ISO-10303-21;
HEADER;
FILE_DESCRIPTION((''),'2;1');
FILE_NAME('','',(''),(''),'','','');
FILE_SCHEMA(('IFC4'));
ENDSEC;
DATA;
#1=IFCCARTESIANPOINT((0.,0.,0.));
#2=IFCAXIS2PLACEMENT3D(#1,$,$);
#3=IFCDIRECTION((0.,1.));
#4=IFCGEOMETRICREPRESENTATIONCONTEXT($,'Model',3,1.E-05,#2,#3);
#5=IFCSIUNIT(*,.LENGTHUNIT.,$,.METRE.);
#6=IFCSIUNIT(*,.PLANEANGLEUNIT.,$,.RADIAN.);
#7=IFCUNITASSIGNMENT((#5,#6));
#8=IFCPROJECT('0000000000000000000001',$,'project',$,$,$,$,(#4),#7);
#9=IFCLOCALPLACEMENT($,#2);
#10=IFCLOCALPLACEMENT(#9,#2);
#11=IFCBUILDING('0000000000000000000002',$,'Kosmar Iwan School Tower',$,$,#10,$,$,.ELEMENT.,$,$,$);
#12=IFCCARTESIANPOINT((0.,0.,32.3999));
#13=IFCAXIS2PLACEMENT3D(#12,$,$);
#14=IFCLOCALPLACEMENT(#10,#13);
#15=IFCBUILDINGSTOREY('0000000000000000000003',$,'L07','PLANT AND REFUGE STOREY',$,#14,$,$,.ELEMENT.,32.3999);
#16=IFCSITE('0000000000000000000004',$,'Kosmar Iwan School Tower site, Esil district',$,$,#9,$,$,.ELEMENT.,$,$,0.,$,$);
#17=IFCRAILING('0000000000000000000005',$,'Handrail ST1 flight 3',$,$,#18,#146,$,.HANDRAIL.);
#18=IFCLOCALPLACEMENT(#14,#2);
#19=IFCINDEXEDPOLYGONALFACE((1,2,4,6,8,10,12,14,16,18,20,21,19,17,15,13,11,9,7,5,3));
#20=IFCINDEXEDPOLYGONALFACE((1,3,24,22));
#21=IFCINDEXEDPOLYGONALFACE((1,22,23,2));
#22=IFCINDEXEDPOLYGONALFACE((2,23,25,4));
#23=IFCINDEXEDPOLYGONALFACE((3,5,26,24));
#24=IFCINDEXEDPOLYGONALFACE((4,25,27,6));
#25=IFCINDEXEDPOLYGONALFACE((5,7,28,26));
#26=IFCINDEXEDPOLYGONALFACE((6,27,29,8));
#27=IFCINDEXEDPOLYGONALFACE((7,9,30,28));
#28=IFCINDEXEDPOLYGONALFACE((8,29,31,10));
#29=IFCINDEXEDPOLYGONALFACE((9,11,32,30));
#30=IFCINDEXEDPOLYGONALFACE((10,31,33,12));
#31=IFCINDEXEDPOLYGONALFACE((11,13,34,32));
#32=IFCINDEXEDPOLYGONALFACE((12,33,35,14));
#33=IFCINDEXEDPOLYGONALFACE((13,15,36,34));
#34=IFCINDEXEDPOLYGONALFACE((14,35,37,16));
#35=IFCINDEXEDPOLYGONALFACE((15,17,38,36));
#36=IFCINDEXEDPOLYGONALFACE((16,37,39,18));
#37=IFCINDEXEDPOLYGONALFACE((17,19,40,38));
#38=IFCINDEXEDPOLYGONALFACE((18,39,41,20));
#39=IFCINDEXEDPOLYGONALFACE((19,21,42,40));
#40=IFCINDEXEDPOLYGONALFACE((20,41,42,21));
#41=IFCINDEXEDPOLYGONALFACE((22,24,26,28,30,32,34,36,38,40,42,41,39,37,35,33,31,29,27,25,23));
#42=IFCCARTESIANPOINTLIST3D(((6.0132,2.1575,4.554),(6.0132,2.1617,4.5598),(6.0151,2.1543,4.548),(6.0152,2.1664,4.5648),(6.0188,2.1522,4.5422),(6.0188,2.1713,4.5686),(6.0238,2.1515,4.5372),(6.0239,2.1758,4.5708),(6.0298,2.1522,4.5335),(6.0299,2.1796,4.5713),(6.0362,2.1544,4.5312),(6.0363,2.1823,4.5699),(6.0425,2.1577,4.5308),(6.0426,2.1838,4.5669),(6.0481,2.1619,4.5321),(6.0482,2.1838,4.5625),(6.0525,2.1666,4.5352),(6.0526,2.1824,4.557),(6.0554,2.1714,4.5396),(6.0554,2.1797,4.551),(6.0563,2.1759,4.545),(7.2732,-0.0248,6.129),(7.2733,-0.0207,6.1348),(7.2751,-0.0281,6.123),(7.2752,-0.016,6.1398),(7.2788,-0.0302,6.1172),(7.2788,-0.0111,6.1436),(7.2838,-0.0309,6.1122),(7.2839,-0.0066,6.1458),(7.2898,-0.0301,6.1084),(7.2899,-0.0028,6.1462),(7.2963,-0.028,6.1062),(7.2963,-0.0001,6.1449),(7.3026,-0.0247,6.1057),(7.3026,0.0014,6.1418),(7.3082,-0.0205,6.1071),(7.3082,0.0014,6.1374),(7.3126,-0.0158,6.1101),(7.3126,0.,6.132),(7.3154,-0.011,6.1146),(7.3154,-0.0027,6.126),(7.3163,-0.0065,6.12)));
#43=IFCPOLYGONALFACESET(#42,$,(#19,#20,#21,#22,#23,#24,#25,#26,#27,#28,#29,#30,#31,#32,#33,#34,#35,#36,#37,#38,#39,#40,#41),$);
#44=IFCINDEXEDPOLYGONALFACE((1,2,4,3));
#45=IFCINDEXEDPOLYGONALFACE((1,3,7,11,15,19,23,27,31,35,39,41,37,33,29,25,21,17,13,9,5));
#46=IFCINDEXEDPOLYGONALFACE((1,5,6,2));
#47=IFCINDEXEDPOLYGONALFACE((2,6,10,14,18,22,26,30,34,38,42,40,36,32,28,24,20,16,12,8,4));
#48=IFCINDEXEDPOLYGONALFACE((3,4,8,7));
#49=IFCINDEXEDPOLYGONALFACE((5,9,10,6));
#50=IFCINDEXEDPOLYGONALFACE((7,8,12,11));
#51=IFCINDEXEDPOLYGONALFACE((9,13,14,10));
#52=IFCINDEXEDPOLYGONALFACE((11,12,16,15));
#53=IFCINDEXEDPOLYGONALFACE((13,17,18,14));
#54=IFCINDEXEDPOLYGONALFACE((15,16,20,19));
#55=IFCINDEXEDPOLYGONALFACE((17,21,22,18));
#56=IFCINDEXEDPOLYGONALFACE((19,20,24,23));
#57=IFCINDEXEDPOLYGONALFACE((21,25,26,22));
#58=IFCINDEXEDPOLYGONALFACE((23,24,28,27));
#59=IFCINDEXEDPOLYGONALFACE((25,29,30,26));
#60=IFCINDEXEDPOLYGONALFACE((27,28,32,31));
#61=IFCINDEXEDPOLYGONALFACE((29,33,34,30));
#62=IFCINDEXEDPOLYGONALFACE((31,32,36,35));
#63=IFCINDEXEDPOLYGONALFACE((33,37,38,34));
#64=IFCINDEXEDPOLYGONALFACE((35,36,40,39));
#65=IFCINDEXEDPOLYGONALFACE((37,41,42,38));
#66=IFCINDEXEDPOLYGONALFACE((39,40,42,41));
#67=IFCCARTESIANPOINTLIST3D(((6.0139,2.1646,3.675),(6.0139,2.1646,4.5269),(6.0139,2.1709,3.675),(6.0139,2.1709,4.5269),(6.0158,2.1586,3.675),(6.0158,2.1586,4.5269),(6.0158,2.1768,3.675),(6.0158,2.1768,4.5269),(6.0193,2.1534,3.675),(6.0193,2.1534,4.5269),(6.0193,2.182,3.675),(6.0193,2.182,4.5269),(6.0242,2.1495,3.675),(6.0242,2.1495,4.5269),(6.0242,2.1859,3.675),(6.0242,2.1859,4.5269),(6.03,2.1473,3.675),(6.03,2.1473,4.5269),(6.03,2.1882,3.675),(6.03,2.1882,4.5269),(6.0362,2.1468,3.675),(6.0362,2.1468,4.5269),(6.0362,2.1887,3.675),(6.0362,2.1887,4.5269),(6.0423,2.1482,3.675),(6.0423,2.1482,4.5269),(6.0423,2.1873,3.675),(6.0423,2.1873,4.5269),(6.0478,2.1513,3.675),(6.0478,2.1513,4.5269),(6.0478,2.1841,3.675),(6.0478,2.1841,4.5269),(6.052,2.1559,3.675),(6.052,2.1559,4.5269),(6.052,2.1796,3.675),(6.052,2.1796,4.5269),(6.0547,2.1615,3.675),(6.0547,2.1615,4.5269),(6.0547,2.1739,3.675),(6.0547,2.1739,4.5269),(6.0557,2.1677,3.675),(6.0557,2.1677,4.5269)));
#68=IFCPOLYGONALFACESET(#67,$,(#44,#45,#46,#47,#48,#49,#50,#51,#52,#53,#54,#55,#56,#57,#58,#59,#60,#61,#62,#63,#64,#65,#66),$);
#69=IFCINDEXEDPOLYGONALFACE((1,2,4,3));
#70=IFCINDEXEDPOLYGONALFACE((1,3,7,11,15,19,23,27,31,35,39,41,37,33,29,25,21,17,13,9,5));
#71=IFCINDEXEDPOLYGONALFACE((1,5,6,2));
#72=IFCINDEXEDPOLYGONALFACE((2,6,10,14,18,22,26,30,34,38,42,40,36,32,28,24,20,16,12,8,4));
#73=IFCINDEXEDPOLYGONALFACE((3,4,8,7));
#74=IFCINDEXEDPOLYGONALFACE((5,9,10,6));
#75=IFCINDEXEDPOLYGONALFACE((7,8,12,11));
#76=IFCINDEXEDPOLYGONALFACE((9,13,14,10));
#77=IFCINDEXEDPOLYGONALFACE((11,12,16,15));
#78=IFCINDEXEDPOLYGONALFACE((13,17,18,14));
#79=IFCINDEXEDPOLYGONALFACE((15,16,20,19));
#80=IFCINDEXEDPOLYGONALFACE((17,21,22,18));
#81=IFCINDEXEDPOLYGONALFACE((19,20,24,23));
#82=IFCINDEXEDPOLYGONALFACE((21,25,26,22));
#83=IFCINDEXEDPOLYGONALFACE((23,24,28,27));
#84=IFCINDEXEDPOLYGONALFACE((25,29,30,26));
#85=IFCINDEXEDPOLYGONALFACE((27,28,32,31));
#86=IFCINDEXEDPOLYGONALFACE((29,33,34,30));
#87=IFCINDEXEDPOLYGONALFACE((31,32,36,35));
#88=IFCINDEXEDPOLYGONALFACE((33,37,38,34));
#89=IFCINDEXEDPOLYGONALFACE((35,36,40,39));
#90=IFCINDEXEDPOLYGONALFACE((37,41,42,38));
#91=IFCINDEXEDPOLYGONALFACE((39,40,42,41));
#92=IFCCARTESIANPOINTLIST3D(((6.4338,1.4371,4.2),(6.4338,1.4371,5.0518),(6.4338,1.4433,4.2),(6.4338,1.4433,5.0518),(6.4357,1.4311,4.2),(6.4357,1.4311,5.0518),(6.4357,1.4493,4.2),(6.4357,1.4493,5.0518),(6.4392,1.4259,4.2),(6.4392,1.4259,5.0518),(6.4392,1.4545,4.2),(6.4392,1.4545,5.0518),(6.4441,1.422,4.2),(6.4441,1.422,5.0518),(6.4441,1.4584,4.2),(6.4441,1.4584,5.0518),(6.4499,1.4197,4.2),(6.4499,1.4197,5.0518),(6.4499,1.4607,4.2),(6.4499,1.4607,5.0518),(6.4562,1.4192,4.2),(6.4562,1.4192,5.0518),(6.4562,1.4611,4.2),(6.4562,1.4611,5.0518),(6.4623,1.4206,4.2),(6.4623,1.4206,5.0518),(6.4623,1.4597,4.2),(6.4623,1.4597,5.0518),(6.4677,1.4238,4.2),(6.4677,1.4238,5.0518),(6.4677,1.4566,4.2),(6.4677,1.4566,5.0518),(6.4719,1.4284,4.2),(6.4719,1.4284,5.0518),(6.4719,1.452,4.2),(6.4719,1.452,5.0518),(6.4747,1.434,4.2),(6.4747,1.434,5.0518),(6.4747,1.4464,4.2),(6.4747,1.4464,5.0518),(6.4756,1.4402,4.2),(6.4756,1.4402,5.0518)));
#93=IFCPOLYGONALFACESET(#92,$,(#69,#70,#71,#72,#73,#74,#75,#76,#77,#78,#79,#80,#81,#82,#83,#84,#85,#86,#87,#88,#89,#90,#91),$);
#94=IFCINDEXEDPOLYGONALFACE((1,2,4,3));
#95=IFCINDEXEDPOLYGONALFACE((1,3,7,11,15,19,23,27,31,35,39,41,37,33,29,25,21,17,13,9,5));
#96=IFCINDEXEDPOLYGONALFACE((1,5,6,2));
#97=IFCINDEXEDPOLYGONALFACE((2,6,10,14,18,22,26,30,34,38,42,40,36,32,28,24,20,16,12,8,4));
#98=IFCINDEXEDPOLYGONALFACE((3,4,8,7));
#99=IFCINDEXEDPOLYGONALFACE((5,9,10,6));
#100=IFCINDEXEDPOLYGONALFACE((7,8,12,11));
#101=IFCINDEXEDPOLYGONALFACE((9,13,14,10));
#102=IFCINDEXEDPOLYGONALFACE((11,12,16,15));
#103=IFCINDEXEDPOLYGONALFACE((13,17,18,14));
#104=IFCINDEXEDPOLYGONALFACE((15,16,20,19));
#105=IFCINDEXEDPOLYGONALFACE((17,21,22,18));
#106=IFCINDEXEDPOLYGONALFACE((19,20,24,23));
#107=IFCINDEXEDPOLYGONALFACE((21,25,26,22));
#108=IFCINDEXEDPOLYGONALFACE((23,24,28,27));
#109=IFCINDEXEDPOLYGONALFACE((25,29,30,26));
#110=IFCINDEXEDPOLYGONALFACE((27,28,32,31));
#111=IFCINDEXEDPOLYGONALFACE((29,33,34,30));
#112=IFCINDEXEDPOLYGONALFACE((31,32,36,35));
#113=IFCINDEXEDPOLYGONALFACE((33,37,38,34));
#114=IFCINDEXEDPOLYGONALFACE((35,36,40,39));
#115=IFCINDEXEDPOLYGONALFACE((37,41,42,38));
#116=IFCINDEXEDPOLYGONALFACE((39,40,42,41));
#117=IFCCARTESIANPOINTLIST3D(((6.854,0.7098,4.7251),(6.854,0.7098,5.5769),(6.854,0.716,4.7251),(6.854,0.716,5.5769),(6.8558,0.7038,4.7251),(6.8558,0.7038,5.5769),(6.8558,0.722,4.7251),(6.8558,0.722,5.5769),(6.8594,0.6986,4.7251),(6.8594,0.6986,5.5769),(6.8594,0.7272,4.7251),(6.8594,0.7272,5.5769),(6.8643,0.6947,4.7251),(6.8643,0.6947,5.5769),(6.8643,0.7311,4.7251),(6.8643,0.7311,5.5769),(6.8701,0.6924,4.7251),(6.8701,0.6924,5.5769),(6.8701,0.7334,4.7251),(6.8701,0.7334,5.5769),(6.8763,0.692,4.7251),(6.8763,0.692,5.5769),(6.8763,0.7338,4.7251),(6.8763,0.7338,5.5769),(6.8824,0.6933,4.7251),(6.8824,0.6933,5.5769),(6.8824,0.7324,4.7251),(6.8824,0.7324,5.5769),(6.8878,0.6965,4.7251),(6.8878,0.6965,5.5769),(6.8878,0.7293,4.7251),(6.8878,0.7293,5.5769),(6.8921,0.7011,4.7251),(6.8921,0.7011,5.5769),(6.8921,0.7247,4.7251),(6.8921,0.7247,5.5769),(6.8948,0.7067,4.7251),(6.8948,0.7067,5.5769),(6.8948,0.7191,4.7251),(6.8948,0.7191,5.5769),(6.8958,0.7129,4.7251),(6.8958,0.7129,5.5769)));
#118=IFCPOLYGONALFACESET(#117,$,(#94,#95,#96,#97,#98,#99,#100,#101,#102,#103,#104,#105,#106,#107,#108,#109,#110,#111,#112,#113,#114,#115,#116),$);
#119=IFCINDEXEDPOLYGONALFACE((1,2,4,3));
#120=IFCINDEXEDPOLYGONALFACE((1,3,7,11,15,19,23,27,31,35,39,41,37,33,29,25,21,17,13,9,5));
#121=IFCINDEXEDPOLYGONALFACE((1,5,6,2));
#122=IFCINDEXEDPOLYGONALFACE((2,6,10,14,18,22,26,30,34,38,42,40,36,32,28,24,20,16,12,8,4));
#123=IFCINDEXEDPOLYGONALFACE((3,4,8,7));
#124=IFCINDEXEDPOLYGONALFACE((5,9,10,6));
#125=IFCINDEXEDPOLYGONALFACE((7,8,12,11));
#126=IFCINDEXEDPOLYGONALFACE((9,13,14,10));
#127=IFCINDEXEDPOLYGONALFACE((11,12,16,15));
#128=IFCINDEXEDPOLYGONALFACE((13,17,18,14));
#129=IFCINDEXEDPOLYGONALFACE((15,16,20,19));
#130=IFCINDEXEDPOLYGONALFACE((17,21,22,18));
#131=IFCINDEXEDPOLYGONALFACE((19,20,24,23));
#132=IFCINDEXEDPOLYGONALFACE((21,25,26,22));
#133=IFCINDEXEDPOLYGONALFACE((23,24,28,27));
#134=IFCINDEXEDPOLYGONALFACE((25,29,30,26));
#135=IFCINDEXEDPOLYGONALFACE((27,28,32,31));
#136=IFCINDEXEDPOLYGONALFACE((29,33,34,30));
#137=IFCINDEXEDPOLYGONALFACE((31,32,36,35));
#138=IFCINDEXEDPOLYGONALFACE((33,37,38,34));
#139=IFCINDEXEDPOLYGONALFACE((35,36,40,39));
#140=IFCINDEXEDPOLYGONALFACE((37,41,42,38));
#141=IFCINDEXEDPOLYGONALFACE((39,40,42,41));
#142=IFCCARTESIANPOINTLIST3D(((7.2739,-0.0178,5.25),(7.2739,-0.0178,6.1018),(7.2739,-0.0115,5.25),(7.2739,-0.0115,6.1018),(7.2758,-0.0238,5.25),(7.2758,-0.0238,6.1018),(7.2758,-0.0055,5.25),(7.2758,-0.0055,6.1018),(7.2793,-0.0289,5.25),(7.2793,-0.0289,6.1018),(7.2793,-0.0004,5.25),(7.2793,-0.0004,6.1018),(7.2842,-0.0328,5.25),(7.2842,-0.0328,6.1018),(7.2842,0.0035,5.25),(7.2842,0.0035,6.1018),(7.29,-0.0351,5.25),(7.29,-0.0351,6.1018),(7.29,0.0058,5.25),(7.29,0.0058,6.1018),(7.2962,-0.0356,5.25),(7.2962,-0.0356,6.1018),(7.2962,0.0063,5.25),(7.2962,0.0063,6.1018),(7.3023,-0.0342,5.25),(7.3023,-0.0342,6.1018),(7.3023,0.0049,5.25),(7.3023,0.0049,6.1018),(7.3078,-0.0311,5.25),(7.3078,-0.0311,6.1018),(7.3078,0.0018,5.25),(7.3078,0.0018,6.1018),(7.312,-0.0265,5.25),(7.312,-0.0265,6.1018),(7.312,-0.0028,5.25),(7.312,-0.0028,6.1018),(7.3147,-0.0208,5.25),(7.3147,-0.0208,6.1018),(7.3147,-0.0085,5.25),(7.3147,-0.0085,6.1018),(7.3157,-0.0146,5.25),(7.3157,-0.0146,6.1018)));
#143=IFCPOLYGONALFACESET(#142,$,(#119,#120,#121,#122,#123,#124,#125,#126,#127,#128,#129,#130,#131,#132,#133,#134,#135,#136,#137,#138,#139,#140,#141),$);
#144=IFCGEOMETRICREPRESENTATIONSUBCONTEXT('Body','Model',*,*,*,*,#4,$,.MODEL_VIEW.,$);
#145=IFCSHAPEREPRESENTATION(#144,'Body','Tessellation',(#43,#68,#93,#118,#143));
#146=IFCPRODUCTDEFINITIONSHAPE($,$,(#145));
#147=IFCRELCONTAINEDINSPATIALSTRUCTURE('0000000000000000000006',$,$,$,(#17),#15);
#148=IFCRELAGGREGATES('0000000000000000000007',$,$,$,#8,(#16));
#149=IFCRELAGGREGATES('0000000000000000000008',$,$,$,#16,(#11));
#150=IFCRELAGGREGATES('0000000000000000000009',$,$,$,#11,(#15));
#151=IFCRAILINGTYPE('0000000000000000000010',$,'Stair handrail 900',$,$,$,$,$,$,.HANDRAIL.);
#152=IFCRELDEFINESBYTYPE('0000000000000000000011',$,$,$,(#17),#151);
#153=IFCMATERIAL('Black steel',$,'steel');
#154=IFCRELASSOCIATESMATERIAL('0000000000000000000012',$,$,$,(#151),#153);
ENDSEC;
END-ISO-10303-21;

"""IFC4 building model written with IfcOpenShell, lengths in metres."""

from ifc_helpers import new_model, si_unit, direction, frame, origin, origin_2d, place, context, subcontext, project, spatial, circle, extrude, material, type_object, element, save


model = new_model("IFC4")

# Units and contexts
model_context = context("Model", 3, precision=1e-05, world=origin(), true_north=direction((0.0, 1.0)))
body_context = subcontext(model_context, "Body", "Model", "MODEL_VIEW")
ifc_project = project(units=[si_unit("LENGTHUNIT", "METRE"), si_unit("PLANEANGLEUNIT", "RADIAN")], contexts=[model_context])

# Site, building, storey
site_placement = place(None, origin())
site = spatial("IfcSite", under=ifc_project, at=site_placement, Name="Kosmar Iwan School Tower site, Esil district", CompositionType="ELEMENT", RefElevation=0.0)
building_placement = place(site_placement, origin())
building = spatial("IfcBuilding", under=site, at=building_placement, Name="Kosmar Iwan School Tower", CompositionType="ELEMENT")
storey_placement = place(building_placement, frame((0.0, 0.0, 32.3999)))
storey = spatial("IfcBuildingStorey", under=building, at=storey_placement, Name="L07", Description="PLANT AND REFUGE STOREY", CompositionType="ELEMENT", Elevation=32.3999)

# Railing
ifc_material_1 = material(Name="Black steel", Category="steel")
railing_type = type_object("IfcRailingType", Name="Stair handrail 900", PredefinedType="HANDRAIL", material=ifc_material_1)
for number, where, name in (
    (1, (6.0347, 2.1677, 3.675), "Handrail ST1 flight 3"),
):
    element("IfcRailing", number, at=place(storey_placement, frame(where)), inside=storey, type_object=railing_type, Name=name, PredefinedType="HANDRAIL", context=body_context, shape_type="SweptSolid", body=[
        extrude(circle(Radius=0.0239, at=origin_2d()), frame((0.0, 0.0, 0.876), z_axis=(0.424007, -0.734392, 0.529988), x_axis=(0.866023, 0.500005, 0.0)), (0.0, 0.0, 1.0), 2.9717),
        extrude(circle(Radius=0.021, at=origin_2d()), origin(), (0.0, 0.0, 1.0), 0.8518),
        extrude(circle(Radius=0.021, at=origin_2d()), frame((0.4199, -0.7275, 0.5249)), (0.0, 0.0, 1.0), 0.8518),
        extrude(circle(Radius=0.021, at=origin_2d()), frame((0.8401, -1.4548, 1.05)), (0.0, 0.0, 1.0), 0.8518),
        extrude(circle(Radius=0.021, at=origin_2d()), frame((1.26, -2.1824, 1.575)), (0.0, 0.0, 1.0), 0.8518),
    ])

save(model, "model.ifc")
